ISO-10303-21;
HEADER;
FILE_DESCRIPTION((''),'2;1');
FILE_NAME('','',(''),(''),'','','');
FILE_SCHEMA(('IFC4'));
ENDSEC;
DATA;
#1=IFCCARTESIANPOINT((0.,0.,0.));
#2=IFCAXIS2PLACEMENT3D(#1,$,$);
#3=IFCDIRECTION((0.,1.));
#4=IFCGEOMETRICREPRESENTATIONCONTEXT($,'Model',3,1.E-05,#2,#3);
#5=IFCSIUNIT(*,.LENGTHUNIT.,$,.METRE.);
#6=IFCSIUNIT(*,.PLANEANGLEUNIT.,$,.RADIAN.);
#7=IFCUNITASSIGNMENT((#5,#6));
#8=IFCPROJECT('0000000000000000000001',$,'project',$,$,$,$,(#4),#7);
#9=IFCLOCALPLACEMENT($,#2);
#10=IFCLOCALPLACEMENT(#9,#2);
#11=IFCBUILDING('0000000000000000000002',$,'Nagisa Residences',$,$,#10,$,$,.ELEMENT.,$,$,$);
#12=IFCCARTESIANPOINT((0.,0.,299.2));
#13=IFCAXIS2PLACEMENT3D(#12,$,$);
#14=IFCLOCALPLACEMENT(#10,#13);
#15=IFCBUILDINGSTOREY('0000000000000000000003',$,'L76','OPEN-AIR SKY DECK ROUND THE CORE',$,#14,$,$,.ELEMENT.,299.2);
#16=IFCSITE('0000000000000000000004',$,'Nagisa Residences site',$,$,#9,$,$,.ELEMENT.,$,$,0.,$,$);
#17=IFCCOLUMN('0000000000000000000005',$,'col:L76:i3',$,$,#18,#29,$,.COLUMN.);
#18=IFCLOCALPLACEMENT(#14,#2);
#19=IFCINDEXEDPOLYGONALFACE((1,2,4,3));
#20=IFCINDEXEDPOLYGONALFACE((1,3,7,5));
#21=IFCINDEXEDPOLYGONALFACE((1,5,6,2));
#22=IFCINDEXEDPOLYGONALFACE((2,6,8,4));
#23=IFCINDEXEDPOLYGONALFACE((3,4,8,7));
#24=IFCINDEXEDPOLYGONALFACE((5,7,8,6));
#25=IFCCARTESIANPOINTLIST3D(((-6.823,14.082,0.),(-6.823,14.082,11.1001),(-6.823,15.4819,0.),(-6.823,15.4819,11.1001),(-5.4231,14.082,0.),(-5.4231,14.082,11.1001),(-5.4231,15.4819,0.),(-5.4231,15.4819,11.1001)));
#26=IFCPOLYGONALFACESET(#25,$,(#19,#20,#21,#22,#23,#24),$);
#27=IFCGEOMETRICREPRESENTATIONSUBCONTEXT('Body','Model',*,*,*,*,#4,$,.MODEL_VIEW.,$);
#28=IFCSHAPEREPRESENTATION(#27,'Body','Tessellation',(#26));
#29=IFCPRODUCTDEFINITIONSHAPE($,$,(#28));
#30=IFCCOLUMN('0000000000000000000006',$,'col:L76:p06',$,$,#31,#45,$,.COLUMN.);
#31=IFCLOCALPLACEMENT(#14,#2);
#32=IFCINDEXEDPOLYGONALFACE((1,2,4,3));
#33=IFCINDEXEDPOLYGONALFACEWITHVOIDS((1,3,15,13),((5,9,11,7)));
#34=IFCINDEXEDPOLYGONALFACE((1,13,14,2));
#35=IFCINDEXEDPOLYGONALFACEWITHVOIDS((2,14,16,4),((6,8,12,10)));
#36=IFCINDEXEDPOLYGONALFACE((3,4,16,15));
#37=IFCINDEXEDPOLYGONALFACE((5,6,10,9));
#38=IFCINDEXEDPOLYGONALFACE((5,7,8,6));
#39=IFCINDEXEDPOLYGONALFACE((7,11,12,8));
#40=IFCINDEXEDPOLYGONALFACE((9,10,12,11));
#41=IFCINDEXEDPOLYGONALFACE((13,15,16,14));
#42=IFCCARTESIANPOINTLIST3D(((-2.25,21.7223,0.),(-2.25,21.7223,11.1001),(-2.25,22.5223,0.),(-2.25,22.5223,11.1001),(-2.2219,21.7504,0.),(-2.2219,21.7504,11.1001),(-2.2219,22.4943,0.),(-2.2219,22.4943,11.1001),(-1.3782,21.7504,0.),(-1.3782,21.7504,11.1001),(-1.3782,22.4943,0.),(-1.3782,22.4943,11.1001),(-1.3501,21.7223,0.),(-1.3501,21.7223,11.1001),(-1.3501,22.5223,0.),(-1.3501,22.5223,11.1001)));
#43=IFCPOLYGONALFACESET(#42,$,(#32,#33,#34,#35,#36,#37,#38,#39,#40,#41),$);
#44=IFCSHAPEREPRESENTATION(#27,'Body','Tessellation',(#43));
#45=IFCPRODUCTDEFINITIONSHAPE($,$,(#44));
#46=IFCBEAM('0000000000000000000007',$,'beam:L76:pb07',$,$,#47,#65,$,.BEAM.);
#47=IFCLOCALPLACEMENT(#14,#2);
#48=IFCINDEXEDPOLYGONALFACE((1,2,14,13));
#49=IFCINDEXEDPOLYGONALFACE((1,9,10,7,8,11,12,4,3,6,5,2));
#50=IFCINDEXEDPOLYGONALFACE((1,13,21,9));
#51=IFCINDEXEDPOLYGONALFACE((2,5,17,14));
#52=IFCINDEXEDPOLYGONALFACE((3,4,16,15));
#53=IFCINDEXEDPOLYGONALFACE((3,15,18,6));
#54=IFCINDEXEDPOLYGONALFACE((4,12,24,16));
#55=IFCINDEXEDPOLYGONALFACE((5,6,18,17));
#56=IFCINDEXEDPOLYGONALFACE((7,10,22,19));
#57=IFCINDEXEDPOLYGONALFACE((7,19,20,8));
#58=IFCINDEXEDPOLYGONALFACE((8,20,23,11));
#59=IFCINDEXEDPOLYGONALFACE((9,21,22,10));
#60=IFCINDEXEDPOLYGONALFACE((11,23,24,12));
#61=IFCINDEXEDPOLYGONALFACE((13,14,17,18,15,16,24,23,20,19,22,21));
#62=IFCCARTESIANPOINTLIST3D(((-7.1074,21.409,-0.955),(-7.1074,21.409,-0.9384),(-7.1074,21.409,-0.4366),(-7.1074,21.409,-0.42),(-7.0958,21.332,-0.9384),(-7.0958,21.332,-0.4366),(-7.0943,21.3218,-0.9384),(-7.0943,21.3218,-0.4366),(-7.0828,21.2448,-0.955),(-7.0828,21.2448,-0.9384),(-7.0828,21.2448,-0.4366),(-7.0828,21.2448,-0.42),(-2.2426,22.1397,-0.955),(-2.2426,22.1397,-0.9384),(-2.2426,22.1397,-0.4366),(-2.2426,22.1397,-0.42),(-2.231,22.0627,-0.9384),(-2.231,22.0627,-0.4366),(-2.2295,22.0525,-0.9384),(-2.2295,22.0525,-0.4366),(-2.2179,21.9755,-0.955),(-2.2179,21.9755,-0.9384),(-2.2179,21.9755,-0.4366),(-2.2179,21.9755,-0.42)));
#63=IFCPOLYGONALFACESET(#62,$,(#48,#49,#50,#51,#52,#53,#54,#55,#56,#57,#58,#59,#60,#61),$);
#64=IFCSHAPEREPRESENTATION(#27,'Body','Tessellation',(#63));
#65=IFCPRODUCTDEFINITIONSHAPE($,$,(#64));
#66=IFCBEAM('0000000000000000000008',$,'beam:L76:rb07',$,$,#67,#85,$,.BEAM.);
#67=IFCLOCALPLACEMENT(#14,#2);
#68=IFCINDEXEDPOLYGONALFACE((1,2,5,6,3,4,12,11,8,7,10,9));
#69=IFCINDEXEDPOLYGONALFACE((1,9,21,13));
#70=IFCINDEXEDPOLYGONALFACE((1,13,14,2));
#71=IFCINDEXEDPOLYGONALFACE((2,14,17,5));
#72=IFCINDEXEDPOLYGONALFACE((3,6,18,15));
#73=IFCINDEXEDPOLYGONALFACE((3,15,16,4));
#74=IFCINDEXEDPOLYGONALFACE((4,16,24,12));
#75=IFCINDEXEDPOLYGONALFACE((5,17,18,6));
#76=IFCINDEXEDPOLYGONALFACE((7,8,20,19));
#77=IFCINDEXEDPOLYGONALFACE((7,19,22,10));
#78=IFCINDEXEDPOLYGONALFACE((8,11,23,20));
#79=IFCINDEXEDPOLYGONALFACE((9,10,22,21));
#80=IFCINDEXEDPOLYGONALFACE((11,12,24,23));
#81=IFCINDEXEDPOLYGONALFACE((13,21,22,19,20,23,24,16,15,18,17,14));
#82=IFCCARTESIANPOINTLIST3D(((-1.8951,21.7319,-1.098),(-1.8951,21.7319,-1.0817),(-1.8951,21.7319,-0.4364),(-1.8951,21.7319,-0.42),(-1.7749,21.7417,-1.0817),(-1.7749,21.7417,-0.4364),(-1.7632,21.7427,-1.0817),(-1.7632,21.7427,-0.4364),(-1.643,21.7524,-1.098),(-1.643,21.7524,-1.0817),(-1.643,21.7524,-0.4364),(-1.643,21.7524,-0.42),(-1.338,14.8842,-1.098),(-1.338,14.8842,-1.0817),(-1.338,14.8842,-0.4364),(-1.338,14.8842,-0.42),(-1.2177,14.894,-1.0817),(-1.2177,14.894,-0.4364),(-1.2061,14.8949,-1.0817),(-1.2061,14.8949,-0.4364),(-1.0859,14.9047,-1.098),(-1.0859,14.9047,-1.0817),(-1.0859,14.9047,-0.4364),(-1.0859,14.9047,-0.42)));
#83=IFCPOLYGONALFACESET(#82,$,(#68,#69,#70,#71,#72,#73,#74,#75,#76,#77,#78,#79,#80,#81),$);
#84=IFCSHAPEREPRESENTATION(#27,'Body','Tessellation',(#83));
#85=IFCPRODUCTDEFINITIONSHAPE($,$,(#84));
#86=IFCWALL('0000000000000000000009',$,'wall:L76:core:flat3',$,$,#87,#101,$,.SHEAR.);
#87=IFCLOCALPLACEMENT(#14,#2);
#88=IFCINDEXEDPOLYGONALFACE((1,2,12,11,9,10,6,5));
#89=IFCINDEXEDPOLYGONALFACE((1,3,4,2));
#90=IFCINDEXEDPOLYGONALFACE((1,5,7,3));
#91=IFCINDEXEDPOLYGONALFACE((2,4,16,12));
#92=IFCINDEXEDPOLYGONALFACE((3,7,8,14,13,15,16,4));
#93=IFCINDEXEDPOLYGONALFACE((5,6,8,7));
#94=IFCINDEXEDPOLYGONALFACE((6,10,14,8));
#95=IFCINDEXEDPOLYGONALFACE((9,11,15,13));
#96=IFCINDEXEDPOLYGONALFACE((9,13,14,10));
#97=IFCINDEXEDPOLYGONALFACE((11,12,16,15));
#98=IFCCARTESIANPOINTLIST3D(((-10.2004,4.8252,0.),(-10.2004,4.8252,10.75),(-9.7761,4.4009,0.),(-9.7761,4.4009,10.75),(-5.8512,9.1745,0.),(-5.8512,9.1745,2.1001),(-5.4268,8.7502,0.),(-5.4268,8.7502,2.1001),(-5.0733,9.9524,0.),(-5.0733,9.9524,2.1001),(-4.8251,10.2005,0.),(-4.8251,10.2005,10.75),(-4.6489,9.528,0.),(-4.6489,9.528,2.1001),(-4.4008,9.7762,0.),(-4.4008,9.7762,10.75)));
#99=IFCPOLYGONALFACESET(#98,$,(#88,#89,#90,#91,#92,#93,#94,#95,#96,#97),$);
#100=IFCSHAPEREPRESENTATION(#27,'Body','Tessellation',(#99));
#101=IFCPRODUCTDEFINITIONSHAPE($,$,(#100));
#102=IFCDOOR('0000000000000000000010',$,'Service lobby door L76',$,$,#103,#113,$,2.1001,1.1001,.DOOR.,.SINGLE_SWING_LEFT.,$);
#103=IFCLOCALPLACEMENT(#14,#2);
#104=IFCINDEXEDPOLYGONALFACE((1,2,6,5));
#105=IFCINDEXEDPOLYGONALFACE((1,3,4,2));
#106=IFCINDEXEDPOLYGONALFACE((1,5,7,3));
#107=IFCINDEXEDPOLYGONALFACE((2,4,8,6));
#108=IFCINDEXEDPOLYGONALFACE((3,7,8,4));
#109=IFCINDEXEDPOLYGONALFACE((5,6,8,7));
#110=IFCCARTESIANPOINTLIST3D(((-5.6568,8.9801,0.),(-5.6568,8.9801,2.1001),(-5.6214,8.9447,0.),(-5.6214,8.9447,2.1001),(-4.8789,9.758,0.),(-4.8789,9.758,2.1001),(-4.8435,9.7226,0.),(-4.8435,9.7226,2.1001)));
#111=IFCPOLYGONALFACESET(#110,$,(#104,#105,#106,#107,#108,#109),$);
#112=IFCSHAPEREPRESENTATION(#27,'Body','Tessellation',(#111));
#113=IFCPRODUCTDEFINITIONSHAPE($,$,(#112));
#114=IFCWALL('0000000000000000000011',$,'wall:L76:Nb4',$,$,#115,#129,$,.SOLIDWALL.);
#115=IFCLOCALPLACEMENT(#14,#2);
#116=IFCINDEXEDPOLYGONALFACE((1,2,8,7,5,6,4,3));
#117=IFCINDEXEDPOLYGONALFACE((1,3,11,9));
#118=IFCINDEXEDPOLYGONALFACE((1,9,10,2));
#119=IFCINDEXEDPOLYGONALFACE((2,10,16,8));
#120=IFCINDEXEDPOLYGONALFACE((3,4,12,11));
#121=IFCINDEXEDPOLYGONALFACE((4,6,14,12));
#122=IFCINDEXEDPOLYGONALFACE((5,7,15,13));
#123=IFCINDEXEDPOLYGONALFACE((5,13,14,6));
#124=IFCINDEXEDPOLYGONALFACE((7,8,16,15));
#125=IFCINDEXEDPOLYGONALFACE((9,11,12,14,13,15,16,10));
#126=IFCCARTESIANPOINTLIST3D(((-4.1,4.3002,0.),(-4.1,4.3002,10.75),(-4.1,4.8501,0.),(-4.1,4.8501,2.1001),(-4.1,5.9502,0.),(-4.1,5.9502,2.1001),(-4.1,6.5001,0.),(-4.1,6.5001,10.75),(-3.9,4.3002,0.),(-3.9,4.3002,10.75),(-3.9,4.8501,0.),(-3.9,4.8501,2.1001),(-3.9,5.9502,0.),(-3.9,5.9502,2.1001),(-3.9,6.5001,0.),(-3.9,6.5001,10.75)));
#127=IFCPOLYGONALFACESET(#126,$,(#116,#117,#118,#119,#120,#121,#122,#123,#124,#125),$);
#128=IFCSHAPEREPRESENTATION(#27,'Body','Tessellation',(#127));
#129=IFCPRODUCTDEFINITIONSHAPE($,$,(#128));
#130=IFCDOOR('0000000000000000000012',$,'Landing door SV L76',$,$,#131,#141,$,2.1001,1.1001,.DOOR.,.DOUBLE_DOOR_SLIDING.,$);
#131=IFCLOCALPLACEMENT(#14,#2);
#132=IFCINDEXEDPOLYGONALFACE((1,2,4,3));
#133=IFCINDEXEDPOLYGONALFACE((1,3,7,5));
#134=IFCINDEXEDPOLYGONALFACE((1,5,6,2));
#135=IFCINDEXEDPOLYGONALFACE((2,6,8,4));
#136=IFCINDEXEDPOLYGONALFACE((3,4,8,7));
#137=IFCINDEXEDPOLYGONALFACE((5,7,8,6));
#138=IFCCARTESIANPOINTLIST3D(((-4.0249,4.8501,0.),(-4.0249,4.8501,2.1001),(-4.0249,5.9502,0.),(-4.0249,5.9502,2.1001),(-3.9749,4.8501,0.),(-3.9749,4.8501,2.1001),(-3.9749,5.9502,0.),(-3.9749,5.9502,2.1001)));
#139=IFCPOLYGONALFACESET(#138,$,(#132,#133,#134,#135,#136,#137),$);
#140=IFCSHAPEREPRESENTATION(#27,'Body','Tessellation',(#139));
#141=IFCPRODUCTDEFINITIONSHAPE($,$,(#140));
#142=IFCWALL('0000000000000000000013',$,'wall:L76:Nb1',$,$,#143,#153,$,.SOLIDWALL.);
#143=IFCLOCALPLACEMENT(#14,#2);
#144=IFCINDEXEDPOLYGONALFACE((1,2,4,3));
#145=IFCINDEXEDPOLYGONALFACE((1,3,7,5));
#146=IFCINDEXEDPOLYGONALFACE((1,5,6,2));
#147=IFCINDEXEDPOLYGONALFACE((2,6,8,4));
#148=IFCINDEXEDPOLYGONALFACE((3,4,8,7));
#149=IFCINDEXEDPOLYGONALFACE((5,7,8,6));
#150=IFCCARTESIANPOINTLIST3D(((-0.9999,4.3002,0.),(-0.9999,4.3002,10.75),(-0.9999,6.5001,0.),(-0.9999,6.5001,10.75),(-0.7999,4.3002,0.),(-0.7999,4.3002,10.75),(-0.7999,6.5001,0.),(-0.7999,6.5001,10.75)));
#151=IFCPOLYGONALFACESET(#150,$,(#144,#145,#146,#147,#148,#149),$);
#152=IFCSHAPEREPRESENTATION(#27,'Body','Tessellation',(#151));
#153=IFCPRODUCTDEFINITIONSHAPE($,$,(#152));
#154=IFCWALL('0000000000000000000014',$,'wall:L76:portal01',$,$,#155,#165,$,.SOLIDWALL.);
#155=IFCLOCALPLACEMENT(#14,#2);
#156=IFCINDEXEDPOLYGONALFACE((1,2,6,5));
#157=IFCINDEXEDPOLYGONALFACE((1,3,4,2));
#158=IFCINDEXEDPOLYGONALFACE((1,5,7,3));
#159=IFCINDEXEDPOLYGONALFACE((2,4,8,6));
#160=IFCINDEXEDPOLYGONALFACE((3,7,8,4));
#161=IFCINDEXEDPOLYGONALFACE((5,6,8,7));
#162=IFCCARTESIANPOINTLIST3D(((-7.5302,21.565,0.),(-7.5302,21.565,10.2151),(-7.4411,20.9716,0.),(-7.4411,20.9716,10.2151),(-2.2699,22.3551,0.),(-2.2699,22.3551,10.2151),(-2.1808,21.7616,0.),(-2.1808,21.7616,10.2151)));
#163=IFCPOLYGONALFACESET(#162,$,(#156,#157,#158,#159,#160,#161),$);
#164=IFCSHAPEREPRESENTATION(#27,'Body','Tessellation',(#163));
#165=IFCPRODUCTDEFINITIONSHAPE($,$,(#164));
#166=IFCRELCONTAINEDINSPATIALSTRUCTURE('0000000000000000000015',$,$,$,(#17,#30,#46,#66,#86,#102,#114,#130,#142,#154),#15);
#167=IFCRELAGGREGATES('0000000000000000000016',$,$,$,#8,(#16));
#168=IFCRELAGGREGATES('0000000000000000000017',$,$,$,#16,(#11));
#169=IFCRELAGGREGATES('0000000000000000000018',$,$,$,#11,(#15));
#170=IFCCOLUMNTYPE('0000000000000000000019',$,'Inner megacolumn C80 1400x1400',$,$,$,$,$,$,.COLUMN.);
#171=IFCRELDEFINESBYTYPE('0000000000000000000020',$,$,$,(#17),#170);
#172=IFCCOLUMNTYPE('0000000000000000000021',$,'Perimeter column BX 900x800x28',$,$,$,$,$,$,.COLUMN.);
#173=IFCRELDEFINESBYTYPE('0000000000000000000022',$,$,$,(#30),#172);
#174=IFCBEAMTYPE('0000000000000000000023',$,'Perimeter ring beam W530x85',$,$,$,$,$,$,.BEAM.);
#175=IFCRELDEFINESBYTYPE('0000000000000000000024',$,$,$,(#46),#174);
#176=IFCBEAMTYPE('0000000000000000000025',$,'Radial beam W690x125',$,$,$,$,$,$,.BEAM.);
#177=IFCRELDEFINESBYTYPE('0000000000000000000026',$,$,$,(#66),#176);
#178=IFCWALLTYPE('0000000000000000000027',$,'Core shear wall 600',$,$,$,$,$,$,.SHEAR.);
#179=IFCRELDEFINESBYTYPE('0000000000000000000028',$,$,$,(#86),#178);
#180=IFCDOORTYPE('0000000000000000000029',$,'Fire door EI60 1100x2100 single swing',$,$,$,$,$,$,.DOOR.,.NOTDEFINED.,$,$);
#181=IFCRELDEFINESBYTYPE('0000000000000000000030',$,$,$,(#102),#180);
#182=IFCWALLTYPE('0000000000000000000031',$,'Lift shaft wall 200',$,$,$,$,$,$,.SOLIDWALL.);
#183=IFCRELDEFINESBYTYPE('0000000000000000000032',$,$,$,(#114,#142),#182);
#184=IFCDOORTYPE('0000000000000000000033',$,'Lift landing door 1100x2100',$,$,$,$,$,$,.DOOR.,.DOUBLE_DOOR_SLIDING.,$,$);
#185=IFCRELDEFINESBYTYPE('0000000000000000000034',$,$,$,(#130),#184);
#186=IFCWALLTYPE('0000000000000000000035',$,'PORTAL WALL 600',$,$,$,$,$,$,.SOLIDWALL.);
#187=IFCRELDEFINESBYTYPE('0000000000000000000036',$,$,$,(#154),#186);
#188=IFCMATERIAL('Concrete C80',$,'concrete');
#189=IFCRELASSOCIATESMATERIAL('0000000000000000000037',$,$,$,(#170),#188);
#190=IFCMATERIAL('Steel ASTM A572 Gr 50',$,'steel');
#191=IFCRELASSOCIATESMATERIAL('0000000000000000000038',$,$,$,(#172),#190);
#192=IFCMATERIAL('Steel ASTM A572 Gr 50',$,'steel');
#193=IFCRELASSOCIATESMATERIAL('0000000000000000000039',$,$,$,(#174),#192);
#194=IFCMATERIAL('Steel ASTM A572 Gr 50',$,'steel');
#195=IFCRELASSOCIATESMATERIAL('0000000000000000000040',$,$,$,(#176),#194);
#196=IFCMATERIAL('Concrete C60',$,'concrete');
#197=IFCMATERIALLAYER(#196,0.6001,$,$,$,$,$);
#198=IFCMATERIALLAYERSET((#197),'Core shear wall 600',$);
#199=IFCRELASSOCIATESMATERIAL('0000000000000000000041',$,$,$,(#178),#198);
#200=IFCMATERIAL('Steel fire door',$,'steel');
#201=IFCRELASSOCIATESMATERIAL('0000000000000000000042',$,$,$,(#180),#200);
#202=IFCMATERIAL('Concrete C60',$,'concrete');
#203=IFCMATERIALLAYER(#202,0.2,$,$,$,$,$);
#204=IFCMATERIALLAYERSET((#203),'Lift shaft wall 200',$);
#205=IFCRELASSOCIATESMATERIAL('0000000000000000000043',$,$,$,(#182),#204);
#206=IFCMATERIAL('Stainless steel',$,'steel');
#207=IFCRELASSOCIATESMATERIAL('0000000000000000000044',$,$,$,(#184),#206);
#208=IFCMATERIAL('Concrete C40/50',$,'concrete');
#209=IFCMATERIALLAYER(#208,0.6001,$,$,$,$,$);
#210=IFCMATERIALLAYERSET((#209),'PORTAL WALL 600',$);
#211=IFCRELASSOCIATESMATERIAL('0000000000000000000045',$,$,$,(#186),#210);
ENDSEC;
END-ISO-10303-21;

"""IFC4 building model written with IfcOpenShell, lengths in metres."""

from ifc_helpers import new_model, si_unit, direction, frame, frame_2d, origin, origin_2d, place, context, subcontext, project, spatial, rectangle, hollow_rectangle, i_section, extrude, material, layer, layer_set, material_profile, profile_set, type_object, element, fill, save


model = new_model("IFC4")

# Units and contexts
model_context = context("Model", 3, precision=1e-05, world=origin(), true_north=direction((0.0, 1.0)))
body_context = subcontext(model_context, "Body", "Model", "MODEL_VIEW")
ifc_project = project(units=[si_unit("LENGTHUNIT", "METRE"), si_unit("PLANEANGLEUNIT", "RADIAN")], contexts=[model_context])

# Site, building, storey
site_placement = place(None, origin())
site = spatial("IfcSite", under=ifc_project, at=site_placement, Name="Nagisa Residences site", CompositionType="ELEMENT", RefElevation=0.0)
building_placement = place(site_placement, origin())
building = spatial("IfcBuilding", under=site, at=building_placement, Name="Nagisa Residences", CompositionType="ELEMENT")
storey_placement = place(building_placement, frame((0.0, 0.0, 299.2)))
storey = spatial("IfcBuildingStorey", under=building, at=storey_placement, Name="L76", Description="OPEN-AIR SKY DECK ROUND THE CORE", CompositionType="ELEMENT", Elevation=299.2)

# Columns
ifc_material_1 = material(Name="Concrete C80", Category="concrete")
ifc_material_profile_1 = material_profile(ifc_material_1, rectangle(XDim=1.3999, YDim=1.3999, at=origin_2d()), Name="C80 1400x1400")
ifc_profile_set_1 = profile_set([ifc_material_profile_1], Name="Concrete C80")
column_type_1 = type_object("IfcColumnType", Name="Inner megacolumn C80 1400x1400", PredefinedType="COLUMN", material=ifc_profile_set_1)
column_1_placement = place(storey_placement, frame((-6.123, 14.782, 0.0), z_axis=(0.0, 0.0, 1.0), x_axis=(1.0, 0.0, 0.0)))
element("IfcColumn", 1, at=column_1_placement, inside=storey, type_object=column_type_1, Name="col:L76:i3", PredefinedType="COLUMN", context=body_context, shape_type="SweptSolid", body=[
    extrude(rectangle(XDim=1.3999, YDim=1.3999, at=origin_2d()), origin(), (0.0, 0.0, 1.0), 11.1001),
])
ifc_material_2 = material(Name="Steel ASTM A572 Gr 50", Category="steel")
ifc_material_profile_2 = material_profile(ifc_material_2, hollow_rectangle(XDim=0.8999, YDim=0.8, WallThickness=0.0281, at=origin_2d()), Name="BX 900x800x28")
ifc_profile_set_2 = profile_set([ifc_material_profile_2], Name="Steel ASTM A572 Gr 50")
column_type_2 = type_object("IfcColumnType", Name="Perimeter column BX 900x800x28", PredefinedType="COLUMN", material=ifc_profile_set_2)
column_2_placement = place(storey_placement, frame((-1.8, 22.1223, 0.0), z_axis=(0.0, 0.0, 1.0), x_axis=(-1.0, 0.0, 0.0)))
element("IfcColumn", 2, at=column_2_placement, inside=storey, type_object=column_type_2, Name="col:L76:p06", PredefinedType="COLUMN", context=body_context, shape_type="SweptSolid", body=[
    extrude(hollow_rectangle(XDim=0.8999, YDim=0.8, WallThickness=0.0281, at=origin_2d()), origin(), (0.0, 0.0, 1.0), 11.1001),
])

# Beams
ifc_material_3 = material(Name="Steel ASTM A572 Gr 50", Category="steel")
ifc_material_profile_3 = material_profile(ifc_material_3, i_section(OverallWidth=0.166, OverallDepth=0.5349, WebThickness=0.0103, FlangeThickness=0.0166, at=origin_2d()), Name="W530x85")
ifc_profile_set_3 = profile_set([ifc_material_profile_3], Name="Steel ASTM A572 Gr 50")
beam_type_1 = type_object("IfcBeamType", Name="Perimeter ring beam W530x85", PredefinedType="BEAM", material=ifc_profile_set_3)
beam_1_placement = place(storey_placement, frame((-2.2302, 22.0576, -0.6875), z_axis=(-0.988906, -0.148539, 0.0), x_axis=(0.148539, -0.988906, 0.0)))
element("IfcBeam", 3, at=beam_1_placement, inside=storey, type_object=beam_type_1, Name="beam:L76:pb07", PredefinedType="BEAM", context=body_context, shape_type="SweptSolid", body=[
    extrude(i_section(OverallWidth=0.166, OverallDepth=0.5349, WebThickness=0.0103, FlangeThickness=0.0166, at=origin_2d()), origin(), (0.0, 0.0, 1.0), 4.9194),
])
ifc_material_4 = material(Name="Steel ASTM A572 Gr 50", Category="steel")
ifc_material_profile_4 = material_profile(ifc_material_4, i_section(OverallWidth=0.2529, OverallDepth=0.678, WebThickness=0.0117, FlangeThickness=0.0164, at=origin_2d()), Name="W690x125")
ifc_profile_set_4 = profile_set([ifc_material_profile_4], Name="Steel ASTM A572 Gr 50")
beam_type_2 = type_object("IfcBeamType", Name="Radial beam W690x125", PredefinedType="BEAM", material=ifc_profile_set_4)
beam_2_placement = place(storey_placement, frame((-1.769, 21.7422, -0.759), z_axis=(0.081093, -0.996707, 0.0), x_axis=(0.996707, 0.081093, 0.0)))
element("IfcBeam", 4, at=beam_2_placement, inside=storey, type_object=beam_type_2, Name="beam:L76:rb07", PredefinedType="BEAM", context=body_context, shape_type="SweptSolid", body=[
    extrude(i_section(OverallWidth=0.2529, OverallDepth=0.678, WebThickness=0.0117, FlangeThickness=0.0164, at=origin_2d()), origin(), (0.0, 0.0, 1.0), 6.8704),
])

# Walls, openings, doors
ifc_material_5 = material(Name="Concrete C60", Category="concrete")
ifc_layer_1 = layer(ifc_material_5, 0.6001)
ifc_layer_set_1 = layer_set([ifc_layer_1], Name="Core shear wall 600")
wall_type_1 = type_object("IfcWallType", Name="Core shear wall 600", PredefinedType="SHEAR", material=ifc_layer_set_1)
wall_1_placement = place(storey_placement, frame((-4.613, 9.9883, 0.0), z_axis=(0.0, 0.0, 1.0), x_axis=(-0.707107, -0.707107, 0.0)))
wall_1 = element("IfcWall", 5, at=wall_1_placement, inside=storey, type_object=wall_type_1, Name="wall:L76:core:flat3", PredefinedType="SHEAR", context=body_context, shape_type="SweptSolid", body=[
    extrude(rectangle(XDim=7.6018, YDim=0.6001, at=frame_2d((3.8008, 0.0))), origin(), (0.0, 0.0, 1.0), 10.75),
])
opening_1_placement = place(wall_1_placement, frame((0.3508, 0.0, 0.0)))
opening_1 = element("IfcOpeningElement", 6, at=opening_1_placement, cuts=wall_1, PredefinedType="OPENING", context=body_context, shape_type="SweptSolid", body=[
    extrude(rectangle(XDim=1.1001, YDim=2.1001, at=frame_2d((0.55, 1.05))), frame((0.0, 0.3101, 0.0), z_axis=(0.0, -1.0, 0.0), x_axis=(1.0, 0.0, 0.0)), (0.0, 0.0, 1.0), 0.6201),
])
ifc_material_6 = material(Name="Steel fire door", Category="steel")
door_type_1 = type_object("IfcDoorType", Name="Fire door EI60 1100x2100 single swing", OperationType="NOTDEFINED", PredefinedType="DOOR", material=ifc_material_6)
door_1_placement = place(opening_1_placement, origin())
door_1 = element("IfcDoor", 7, at=door_1_placement, inside=storey, type_object=door_type_1, Name="Service lobby door L76", OperationType="SINGLE_SWING_LEFT", OverallHeight=2.1001, OverallWidth=1.1001, PredefinedType="DOOR", context=body_context, shape_type="SweptSolid", body=[
    extrude(rectangle(XDim=1.1001, YDim=2.1001, at=frame_2d((0.55, 1.05))), frame((0.0, 0.0249, 0.0), z_axis=(0.0, -1.0, 0.0), x_axis=(1.0, 0.0, 0.0)), (0.0, 0.0, 1.0), 0.05),
])
fill(opening_1, door_1)
ifc_material_7 = material(Name="Concrete C60", Category="concrete")
ifc_layer_2 = layer(ifc_material_7, 0.2)
ifc_layer_set_2 = layer_set([ifc_layer_2], Name="Lift shaft wall 200")
wall_type_2 = type_object("IfcWallType", Name="Lift shaft wall 200", PredefinedType="SOLIDWALL", material=ifc_layer_set_2)
wall_2_placement = place(storey_placement, frame((-4.0, 4.3, 0.0), z_axis=(0.0, 0.0, 1.0), x_axis=(0.0, 1.0, 0.0)))
wall_2 = element("IfcWall", 8, at=wall_2_placement, inside=storey, type_object=wall_type_2, Name="wall:L76:Nb4", PredefinedType="SOLIDWALL", context=body_context, shape_type="SweptSolid", body=[
    extrude(rectangle(XDim=2.2, YDim=0.2, at=frame_2d((1.1001, 0.0))), origin(), (0.0, 0.0, 1.0), 10.75),
])
opening_2_placement = place(wall_2_placement, frame((0.55, 0.0, 0.0)))
opening_2 = element("IfcOpeningElement", 9, at=opening_2_placement, cuts=wall_2, PredefinedType="OPENING", context=body_context, shape_type="SweptSolid", body=[
    extrude(rectangle(XDim=1.1001, YDim=2.1001, at=frame_2d((0.55, 1.05))), frame((0.0, 0.1099, 0.0), z_axis=(0.0, -1.0, 0.0), x_axis=(1.0, 0.0, 0.0)), (0.0, 0.0, 1.0), 0.22),
])
ifc_material_8 = material(Name="Stainless steel", Category="steel")
door_type_2 = type_object("IfcDoorType", Name="Lift landing door 1100x2100", OperationType="DOUBLE_DOOR_SLIDING", PredefinedType="DOOR", material=ifc_material_8)
door_2_placement = place(opening_2_placement, origin())
door_2 = element("IfcDoor", 10, at=door_2_placement, inside=storey, type_object=door_type_2, Name="Landing door SV L76", OperationType="DOUBLE_DOOR_SLIDING", OverallHeight=2.1001, OverallWidth=1.1001, PredefinedType="DOOR", context=body_context, shape_type="SweptSolid", body=[
    extrude(rectangle(XDim=1.1001, YDim=2.1001, at=frame_2d((0.55, 1.05))), frame((0.0, 0.0249, 0.0), z_axis=(0.0, -1.0, 0.0), x_axis=(1.0, 0.0, 0.0)), (0.0, 0.0, 1.0), 0.05),
])
fill(opening_2, door_2)

# Walls
wall_3_placement = place(storey_placement, frame((-0.8999, 4.3, 0.0), z_axis=(0.0, 0.0, 1.0), x_axis=(0.0, 1.0, 0.0)))
element("IfcWall", 11, at=wall_3_placement, inside=storey, type_object=wall_type_2, Name="wall:L76:Nb1", PredefinedType="SOLIDWALL", context=body_context, shape_type="SweptSolid", body=[
    extrude(rectangle(XDim=2.2, YDim=0.2, at=frame_2d((1.1001, 0.0))), origin(), (0.0, 0.0, 1.0), 10.75),
])
ifc_material_9 = material(Name="Concrete C40/50", Category="concrete")
ifc_layer_3 = layer(ifc_material_9, 0.6001)
ifc_layer_set_3 = layer_set([ifc_layer_3], Name="PORTAL WALL 600")
wall_type_3 = type_object("IfcWallType", Name="PORTAL WALL 600", PredefinedType="SOLIDWALL", material=ifc_layer_set_3)
wall_4_placement = place(storey_placement, frame((-2.2253, 22.0583, 0.0), z_axis=(0.0, 0.0, 1.0), x_axis=(-0.988909, -0.148524, 0.0)))
element("IfcWall", 12, at=wall_4_placement, inside=storey, type_object=wall_type_3, Name="wall:L76:portal01", PredefinedType="SOLIDWALL", context=body_context, shape_type="SweptSolid", body=[
    extrude(rectangle(XDim=5.3193, YDim=0.6001, at=frame_2d((2.6597, 0.0))), origin(), (0.0, 0.0, 1.0), 10.2151),
])

save(model, "model.ifc")
